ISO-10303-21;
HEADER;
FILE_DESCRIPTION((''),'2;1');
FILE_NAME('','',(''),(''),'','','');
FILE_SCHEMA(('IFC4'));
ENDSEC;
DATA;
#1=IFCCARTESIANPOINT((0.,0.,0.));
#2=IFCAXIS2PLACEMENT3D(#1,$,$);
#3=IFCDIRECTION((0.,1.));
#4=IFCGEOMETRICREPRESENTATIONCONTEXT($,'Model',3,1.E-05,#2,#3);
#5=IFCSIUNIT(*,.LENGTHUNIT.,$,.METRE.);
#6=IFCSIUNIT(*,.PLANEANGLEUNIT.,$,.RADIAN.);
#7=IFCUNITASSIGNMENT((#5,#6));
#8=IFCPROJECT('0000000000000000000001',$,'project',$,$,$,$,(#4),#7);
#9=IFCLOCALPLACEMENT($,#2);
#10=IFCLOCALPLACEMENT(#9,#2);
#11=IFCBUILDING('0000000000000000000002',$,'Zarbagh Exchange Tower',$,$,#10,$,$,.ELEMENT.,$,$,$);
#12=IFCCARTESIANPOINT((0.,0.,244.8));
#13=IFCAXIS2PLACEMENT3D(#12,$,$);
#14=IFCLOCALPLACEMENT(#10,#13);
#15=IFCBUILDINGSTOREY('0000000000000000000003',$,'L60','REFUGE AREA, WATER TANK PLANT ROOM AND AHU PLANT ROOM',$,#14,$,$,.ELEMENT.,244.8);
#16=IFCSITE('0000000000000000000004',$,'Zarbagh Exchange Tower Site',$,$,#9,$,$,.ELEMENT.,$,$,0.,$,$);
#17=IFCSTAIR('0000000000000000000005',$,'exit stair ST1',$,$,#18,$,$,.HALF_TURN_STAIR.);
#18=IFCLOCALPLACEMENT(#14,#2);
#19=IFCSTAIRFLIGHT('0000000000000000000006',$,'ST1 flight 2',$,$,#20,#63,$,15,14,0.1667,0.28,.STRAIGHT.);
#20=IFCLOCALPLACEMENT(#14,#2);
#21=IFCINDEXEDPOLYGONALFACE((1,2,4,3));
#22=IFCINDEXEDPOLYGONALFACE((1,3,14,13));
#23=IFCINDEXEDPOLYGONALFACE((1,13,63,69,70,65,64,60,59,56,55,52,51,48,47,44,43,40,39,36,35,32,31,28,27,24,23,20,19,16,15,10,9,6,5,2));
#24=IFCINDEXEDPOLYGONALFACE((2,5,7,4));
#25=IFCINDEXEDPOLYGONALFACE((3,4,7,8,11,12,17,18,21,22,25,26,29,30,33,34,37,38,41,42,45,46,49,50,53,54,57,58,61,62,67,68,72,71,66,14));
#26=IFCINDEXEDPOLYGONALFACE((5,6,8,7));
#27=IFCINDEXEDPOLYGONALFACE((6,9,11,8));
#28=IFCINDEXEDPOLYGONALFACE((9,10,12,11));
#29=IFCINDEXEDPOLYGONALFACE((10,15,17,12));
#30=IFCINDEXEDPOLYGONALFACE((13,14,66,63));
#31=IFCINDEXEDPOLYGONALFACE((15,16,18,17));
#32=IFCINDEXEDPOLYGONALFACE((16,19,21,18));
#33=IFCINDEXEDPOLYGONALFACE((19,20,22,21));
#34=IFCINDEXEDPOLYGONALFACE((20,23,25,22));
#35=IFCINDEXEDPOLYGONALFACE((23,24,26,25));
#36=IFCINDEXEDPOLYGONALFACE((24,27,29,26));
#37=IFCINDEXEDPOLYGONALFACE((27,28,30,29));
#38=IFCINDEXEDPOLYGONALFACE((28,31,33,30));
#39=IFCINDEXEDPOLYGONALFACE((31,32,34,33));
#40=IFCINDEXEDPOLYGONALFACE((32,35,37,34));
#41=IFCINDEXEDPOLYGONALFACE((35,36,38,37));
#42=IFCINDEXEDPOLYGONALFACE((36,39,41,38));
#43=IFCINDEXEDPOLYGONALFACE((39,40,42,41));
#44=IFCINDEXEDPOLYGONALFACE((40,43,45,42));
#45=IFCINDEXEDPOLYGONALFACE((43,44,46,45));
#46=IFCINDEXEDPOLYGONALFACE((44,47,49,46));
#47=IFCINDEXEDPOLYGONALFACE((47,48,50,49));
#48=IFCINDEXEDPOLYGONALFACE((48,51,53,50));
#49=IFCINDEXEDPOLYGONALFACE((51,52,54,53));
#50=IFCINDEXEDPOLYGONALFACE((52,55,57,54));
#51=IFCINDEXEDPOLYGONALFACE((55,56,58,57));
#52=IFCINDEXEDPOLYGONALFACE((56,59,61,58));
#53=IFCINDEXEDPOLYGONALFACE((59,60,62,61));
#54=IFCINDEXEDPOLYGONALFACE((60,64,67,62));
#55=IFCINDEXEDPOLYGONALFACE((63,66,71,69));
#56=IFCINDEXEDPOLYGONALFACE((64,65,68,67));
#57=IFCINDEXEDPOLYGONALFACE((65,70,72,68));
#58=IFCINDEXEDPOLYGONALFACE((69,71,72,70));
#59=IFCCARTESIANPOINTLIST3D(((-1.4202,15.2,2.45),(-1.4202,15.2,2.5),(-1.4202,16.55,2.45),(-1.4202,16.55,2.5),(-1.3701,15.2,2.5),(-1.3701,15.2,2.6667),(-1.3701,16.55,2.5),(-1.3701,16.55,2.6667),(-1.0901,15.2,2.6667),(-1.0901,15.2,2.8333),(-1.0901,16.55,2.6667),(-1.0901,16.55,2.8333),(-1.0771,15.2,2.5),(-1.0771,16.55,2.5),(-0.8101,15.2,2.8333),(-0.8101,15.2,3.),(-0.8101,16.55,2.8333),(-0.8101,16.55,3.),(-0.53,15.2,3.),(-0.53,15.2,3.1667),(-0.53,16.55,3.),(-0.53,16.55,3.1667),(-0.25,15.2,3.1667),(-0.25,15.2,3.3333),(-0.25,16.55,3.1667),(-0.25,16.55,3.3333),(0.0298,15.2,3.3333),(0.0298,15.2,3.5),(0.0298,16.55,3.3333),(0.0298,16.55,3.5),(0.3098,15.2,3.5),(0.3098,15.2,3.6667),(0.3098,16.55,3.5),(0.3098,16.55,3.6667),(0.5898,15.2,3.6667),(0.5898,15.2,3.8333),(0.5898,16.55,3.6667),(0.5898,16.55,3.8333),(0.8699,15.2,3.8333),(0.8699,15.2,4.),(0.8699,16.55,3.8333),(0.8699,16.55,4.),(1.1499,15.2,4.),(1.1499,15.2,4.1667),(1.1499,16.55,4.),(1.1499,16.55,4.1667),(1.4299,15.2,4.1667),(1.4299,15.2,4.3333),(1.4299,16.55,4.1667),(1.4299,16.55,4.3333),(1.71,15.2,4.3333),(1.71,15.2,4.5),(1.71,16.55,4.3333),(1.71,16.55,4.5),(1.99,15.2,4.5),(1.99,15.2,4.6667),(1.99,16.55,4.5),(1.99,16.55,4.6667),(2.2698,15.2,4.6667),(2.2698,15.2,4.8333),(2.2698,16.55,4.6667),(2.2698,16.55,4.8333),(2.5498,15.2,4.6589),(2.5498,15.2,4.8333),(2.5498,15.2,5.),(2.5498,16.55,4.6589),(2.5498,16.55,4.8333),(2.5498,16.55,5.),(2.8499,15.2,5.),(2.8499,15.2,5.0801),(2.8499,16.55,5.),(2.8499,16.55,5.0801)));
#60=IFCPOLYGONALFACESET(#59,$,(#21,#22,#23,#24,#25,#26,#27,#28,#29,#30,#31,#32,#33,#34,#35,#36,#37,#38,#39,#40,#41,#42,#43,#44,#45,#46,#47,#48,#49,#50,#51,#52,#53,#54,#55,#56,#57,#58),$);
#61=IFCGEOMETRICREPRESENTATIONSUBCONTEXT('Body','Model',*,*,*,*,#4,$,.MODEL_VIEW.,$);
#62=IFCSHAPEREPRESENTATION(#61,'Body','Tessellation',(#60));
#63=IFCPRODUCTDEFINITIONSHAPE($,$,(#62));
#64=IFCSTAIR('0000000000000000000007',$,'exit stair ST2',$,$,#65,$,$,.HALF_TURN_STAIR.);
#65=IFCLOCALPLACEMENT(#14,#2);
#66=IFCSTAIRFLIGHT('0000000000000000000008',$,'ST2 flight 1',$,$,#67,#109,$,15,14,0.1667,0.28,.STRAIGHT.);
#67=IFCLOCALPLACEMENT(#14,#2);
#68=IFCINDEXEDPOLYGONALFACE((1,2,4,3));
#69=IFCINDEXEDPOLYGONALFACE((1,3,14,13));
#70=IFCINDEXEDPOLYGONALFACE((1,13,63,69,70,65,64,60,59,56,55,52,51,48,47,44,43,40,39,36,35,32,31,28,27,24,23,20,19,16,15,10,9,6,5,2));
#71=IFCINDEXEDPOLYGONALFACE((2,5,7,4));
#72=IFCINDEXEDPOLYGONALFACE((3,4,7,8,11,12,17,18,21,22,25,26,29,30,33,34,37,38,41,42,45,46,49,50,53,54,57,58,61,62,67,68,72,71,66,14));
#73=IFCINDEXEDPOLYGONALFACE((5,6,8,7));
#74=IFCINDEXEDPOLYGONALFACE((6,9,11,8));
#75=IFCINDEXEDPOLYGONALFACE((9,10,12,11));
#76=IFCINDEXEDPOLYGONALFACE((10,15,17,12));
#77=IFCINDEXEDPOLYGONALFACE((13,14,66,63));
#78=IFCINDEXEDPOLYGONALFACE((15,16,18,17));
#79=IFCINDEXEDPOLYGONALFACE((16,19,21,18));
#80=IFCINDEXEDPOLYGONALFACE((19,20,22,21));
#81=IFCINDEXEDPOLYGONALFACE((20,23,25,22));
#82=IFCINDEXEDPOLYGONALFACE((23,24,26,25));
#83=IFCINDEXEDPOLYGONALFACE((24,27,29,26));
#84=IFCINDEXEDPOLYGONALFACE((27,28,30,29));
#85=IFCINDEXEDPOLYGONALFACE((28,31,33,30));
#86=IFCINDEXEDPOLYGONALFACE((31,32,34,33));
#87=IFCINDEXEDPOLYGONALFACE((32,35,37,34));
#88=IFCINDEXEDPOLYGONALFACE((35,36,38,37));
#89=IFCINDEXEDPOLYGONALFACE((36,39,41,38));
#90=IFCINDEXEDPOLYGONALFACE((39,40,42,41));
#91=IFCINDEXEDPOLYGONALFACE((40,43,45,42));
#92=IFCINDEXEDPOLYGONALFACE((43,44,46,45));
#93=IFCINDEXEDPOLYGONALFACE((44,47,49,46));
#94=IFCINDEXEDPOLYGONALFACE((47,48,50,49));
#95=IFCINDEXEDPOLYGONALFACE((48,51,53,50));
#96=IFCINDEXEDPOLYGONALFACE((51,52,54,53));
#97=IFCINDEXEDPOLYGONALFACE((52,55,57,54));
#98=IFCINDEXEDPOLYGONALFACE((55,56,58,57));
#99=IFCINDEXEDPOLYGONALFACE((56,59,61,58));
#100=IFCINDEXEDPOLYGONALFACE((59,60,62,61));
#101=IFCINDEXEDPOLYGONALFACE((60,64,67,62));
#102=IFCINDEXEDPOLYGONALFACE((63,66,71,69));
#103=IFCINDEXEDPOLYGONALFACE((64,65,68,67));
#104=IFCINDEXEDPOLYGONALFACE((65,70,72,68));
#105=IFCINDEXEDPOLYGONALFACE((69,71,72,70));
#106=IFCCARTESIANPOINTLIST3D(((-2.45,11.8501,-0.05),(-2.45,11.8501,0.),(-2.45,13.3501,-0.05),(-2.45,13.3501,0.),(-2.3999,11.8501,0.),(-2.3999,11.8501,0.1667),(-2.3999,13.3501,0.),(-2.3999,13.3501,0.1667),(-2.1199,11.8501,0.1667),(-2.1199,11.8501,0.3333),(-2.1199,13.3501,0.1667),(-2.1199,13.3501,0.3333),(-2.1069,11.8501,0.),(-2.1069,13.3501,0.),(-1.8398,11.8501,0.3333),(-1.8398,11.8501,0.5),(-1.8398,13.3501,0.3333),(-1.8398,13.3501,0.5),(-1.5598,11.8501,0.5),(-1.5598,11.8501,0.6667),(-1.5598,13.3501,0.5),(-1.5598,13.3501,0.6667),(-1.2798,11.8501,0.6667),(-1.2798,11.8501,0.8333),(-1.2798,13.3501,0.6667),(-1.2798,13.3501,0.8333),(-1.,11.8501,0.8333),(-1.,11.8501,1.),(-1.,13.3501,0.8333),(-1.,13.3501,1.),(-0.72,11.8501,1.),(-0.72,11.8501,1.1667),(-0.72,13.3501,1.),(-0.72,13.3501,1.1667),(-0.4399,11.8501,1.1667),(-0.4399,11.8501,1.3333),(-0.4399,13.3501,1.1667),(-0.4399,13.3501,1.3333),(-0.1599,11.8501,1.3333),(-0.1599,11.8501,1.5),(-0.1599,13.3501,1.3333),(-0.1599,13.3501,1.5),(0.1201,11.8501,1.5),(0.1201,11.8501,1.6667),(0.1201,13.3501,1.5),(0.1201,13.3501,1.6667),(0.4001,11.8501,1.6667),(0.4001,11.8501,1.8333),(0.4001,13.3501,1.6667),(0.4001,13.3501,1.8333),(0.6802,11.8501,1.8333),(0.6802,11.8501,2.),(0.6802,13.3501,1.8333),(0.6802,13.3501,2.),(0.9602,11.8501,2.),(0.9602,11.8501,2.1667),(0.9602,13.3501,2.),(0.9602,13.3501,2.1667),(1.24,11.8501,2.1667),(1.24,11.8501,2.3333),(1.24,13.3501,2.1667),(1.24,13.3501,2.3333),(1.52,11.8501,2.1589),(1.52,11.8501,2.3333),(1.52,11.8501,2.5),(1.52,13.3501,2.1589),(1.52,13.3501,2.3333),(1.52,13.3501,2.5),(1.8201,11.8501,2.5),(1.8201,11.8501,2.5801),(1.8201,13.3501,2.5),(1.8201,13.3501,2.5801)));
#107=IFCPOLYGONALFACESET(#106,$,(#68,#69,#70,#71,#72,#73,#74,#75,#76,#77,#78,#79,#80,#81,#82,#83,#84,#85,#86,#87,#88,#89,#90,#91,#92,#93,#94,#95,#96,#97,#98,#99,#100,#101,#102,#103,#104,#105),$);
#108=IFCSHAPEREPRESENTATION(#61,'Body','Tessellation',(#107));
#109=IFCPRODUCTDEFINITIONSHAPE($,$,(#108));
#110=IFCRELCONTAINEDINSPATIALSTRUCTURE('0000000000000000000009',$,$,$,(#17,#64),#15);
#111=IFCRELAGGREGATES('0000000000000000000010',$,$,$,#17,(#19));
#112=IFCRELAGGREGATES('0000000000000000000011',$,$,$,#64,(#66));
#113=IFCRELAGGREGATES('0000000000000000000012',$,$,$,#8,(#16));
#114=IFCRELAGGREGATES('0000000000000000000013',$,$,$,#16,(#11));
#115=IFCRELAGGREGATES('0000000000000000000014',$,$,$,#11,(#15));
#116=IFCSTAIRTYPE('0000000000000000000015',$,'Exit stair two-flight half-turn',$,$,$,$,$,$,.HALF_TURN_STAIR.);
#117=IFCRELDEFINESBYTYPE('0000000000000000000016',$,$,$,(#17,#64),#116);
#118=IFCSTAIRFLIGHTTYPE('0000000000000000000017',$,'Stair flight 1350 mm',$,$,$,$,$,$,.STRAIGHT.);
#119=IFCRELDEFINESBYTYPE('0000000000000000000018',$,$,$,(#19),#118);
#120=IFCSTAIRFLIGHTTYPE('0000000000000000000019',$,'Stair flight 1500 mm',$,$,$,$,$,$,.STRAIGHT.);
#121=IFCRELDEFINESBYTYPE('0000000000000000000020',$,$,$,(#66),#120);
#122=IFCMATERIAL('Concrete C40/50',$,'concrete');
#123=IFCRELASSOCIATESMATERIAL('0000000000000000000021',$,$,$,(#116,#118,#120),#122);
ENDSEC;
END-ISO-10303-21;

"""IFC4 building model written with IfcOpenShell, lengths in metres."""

from ifc_helpers import new_model, si_unit, direction, frame, origin, place, context, subcontext, project, spatial, polyline, outline, extrude, material, type_object, element, aggregate, save


model = new_model("IFC4")

# Units and contexts
model_context = context("Model", 3, precision=1e-05, world=origin(), true_north=direction((0.0, 1.0)))
body_context = subcontext(model_context, "Body", "Model", "MODEL_VIEW")
ifc_project = project(units=[si_unit("LENGTHUNIT", "METRE"), si_unit("PLANEANGLEUNIT", "RADIAN")], contexts=[model_context])

# Site, building, storey
site_placement = place(None, origin())
site = spatial("IfcSite", under=ifc_project, at=site_placement, Name="Zarbagh Exchange Tower Site", CompositionType="ELEMENT", RefElevation=0.0)
building_placement = place(site_placement, origin())
building = spatial("IfcBuilding", under=site, at=building_placement, Name="Zarbagh Exchange Tower", CompositionType="ELEMENT")
storey_placement = place(building_placement, frame((0.0, 0.0, 244.8)))
storey = spatial("IfcBuildingStorey", under=building, at=storey_placement, Name="L60", Description="REFUGE AREA, WATER TANK PLANT ROOM AND AHU PLANT ROOM", CompositionType="ELEMENT", Elevation=244.8)

# Shared definitions
ifc_material_1 = material(Name="Concrete C40/50", Category="concrete")

# Stairs, stair flights
stair_type = type_object("IfcStairType", Name="Exit stair two-flight half-turn", PredefinedType="HALF_TURN_STAIR", material=ifc_material_1)
stair_1_placement = place(storey_placement, origin())
stair_1 = element("IfcStair", 1, at=stair_1_placement, inside=storey, type_object=stair_type, Name="exit stair ST1", PredefinedType="HALF_TURN_STAIR")
stair_flight_type_1 = type_object("IfcStairFlightType", Name="Stair flight 1350 mm", PredefinedType="STRAIGHT", material=ifc_material_1)
stair_flight_1_placement = place(storey_placement, frame((-1.3701, 15.875, 2.5), z_axis=(0.0, 0.0, 1.0), x_axis=(1.0, 0.0, 0.0)))
stair_flight_1 = element("IfcStairFlight", 2, at=stair_flight_1_placement, type_object=stair_flight_type_1, Name="ST1 flight 2", NumberOfRisers=15, NumberOfTreads=14, PredefinedType="STRAIGHT", RiserHeight=0.1667, TreadLength=0.28, context=body_context, shape_type="SweptSolid", body=[
    extrude(outline(polyline([(-0.05, -0.05), (-0.05, 0.0), (0.0, 0.0), (0.0, 0.1667), (0.28, 0.1667), (0.28, 0.3333), (0.5601, 0.3333), (0.5601, 0.5), (0.8401, 0.5), (0.8401, 0.6667), (1.1201, 0.6667), (1.1201, 0.8333), (1.3999, 0.8333), (1.3999, 1.0), (1.6799, 1.0), (1.6799, 1.1667), (1.96, 1.1667), (1.96, 1.3333), (2.24, 1.3333), (2.24, 1.5), (2.52, 1.5), (2.52, 1.6667), (2.8, 1.6667), (2.8, 1.8333), (3.0801, 1.8333), (3.0801, 2.0), (3.3601, 2.0), (3.3601, 2.1667), (3.6399, 2.1667), (3.6399, 2.3333), (3.9199, 2.3333), (3.9199, 2.5), (4.22, 2.5801), (4.22, 2.5), (3.9199, 2.1589), (0.293, 0.0), (-0.05, -0.05)])), frame((0.0, 0.675, 0.0), z_axis=(0.0, -1.0, 0.0), x_axis=(1.0, 0.0, 0.0)), (0.0, 0.0, 1.0), 1.3501),
])
aggregate(stair_1, [stair_flight_1])
stair_2_placement = place(storey_placement, origin())
stair_2 = element("IfcStair", 3, at=stair_2_placement, inside=storey, type_object=stair_type, Name="exit stair ST2", PredefinedType="HALF_TURN_STAIR")
stair_flight_type_2 = type_object("IfcStairFlightType", Name="Stair flight 1500 mm", PredefinedType="STRAIGHT", material=ifc_material_1)
stair_flight_2_placement = place(storey_placement, frame((-2.3999, 12.6001, 0.0), z_axis=(0.0, 0.0, 1.0), x_axis=(1.0, 0.0, 0.0)))
stair_flight_2 = element("IfcStairFlight", 4, at=stair_flight_2_placement, type_object=stair_flight_type_2, Name="ST2 flight 1", NumberOfRisers=15, NumberOfTreads=14, PredefinedType="STRAIGHT", RiserHeight=0.1667, TreadLength=0.28, context=body_context, shape_type="SweptSolid", body=[
    extrude(outline(polyline([(-0.05, -0.05), (-0.05, 0.0), (0.0, 0.0), (0.0, 0.1667), (0.28, 0.1667), (0.28, 0.3333), (0.5601, 0.3333), (0.5601, 0.5), (0.8401, 0.5), (0.8401, 0.6667), (1.1201, 0.6667), (1.1201, 0.8333), (1.3999, 0.8333), (1.3999, 1.0), (1.6799, 1.0), (1.6799, 1.1667), (1.96, 1.1667), (1.96, 1.3333), (2.24, 1.3333), (2.24, 1.5), (2.52, 1.5), (2.52, 1.6667), (2.8, 1.6667), (2.8, 1.8333), (3.0801, 1.8333), (3.0801, 2.0), (3.3601, 2.0), (3.3601, 2.1667), (3.6399, 2.1667), (3.6399, 2.3333), (3.9199, 2.3333), (3.9199, 2.5), (4.22, 2.5801), (4.22, 2.5), (3.9199, 2.1589), (0.293, 0.0), (-0.05, -0.05)])), frame((0.0, 0.75, 0.0), z_axis=(0.0, -1.0, 0.0), x_axis=(1.0, 0.0, 0.0)), (0.0, 0.0, 1.0), 1.5),
])
aggregate(stair_2, [stair_flight_2])

save(model, "model.ifc")
